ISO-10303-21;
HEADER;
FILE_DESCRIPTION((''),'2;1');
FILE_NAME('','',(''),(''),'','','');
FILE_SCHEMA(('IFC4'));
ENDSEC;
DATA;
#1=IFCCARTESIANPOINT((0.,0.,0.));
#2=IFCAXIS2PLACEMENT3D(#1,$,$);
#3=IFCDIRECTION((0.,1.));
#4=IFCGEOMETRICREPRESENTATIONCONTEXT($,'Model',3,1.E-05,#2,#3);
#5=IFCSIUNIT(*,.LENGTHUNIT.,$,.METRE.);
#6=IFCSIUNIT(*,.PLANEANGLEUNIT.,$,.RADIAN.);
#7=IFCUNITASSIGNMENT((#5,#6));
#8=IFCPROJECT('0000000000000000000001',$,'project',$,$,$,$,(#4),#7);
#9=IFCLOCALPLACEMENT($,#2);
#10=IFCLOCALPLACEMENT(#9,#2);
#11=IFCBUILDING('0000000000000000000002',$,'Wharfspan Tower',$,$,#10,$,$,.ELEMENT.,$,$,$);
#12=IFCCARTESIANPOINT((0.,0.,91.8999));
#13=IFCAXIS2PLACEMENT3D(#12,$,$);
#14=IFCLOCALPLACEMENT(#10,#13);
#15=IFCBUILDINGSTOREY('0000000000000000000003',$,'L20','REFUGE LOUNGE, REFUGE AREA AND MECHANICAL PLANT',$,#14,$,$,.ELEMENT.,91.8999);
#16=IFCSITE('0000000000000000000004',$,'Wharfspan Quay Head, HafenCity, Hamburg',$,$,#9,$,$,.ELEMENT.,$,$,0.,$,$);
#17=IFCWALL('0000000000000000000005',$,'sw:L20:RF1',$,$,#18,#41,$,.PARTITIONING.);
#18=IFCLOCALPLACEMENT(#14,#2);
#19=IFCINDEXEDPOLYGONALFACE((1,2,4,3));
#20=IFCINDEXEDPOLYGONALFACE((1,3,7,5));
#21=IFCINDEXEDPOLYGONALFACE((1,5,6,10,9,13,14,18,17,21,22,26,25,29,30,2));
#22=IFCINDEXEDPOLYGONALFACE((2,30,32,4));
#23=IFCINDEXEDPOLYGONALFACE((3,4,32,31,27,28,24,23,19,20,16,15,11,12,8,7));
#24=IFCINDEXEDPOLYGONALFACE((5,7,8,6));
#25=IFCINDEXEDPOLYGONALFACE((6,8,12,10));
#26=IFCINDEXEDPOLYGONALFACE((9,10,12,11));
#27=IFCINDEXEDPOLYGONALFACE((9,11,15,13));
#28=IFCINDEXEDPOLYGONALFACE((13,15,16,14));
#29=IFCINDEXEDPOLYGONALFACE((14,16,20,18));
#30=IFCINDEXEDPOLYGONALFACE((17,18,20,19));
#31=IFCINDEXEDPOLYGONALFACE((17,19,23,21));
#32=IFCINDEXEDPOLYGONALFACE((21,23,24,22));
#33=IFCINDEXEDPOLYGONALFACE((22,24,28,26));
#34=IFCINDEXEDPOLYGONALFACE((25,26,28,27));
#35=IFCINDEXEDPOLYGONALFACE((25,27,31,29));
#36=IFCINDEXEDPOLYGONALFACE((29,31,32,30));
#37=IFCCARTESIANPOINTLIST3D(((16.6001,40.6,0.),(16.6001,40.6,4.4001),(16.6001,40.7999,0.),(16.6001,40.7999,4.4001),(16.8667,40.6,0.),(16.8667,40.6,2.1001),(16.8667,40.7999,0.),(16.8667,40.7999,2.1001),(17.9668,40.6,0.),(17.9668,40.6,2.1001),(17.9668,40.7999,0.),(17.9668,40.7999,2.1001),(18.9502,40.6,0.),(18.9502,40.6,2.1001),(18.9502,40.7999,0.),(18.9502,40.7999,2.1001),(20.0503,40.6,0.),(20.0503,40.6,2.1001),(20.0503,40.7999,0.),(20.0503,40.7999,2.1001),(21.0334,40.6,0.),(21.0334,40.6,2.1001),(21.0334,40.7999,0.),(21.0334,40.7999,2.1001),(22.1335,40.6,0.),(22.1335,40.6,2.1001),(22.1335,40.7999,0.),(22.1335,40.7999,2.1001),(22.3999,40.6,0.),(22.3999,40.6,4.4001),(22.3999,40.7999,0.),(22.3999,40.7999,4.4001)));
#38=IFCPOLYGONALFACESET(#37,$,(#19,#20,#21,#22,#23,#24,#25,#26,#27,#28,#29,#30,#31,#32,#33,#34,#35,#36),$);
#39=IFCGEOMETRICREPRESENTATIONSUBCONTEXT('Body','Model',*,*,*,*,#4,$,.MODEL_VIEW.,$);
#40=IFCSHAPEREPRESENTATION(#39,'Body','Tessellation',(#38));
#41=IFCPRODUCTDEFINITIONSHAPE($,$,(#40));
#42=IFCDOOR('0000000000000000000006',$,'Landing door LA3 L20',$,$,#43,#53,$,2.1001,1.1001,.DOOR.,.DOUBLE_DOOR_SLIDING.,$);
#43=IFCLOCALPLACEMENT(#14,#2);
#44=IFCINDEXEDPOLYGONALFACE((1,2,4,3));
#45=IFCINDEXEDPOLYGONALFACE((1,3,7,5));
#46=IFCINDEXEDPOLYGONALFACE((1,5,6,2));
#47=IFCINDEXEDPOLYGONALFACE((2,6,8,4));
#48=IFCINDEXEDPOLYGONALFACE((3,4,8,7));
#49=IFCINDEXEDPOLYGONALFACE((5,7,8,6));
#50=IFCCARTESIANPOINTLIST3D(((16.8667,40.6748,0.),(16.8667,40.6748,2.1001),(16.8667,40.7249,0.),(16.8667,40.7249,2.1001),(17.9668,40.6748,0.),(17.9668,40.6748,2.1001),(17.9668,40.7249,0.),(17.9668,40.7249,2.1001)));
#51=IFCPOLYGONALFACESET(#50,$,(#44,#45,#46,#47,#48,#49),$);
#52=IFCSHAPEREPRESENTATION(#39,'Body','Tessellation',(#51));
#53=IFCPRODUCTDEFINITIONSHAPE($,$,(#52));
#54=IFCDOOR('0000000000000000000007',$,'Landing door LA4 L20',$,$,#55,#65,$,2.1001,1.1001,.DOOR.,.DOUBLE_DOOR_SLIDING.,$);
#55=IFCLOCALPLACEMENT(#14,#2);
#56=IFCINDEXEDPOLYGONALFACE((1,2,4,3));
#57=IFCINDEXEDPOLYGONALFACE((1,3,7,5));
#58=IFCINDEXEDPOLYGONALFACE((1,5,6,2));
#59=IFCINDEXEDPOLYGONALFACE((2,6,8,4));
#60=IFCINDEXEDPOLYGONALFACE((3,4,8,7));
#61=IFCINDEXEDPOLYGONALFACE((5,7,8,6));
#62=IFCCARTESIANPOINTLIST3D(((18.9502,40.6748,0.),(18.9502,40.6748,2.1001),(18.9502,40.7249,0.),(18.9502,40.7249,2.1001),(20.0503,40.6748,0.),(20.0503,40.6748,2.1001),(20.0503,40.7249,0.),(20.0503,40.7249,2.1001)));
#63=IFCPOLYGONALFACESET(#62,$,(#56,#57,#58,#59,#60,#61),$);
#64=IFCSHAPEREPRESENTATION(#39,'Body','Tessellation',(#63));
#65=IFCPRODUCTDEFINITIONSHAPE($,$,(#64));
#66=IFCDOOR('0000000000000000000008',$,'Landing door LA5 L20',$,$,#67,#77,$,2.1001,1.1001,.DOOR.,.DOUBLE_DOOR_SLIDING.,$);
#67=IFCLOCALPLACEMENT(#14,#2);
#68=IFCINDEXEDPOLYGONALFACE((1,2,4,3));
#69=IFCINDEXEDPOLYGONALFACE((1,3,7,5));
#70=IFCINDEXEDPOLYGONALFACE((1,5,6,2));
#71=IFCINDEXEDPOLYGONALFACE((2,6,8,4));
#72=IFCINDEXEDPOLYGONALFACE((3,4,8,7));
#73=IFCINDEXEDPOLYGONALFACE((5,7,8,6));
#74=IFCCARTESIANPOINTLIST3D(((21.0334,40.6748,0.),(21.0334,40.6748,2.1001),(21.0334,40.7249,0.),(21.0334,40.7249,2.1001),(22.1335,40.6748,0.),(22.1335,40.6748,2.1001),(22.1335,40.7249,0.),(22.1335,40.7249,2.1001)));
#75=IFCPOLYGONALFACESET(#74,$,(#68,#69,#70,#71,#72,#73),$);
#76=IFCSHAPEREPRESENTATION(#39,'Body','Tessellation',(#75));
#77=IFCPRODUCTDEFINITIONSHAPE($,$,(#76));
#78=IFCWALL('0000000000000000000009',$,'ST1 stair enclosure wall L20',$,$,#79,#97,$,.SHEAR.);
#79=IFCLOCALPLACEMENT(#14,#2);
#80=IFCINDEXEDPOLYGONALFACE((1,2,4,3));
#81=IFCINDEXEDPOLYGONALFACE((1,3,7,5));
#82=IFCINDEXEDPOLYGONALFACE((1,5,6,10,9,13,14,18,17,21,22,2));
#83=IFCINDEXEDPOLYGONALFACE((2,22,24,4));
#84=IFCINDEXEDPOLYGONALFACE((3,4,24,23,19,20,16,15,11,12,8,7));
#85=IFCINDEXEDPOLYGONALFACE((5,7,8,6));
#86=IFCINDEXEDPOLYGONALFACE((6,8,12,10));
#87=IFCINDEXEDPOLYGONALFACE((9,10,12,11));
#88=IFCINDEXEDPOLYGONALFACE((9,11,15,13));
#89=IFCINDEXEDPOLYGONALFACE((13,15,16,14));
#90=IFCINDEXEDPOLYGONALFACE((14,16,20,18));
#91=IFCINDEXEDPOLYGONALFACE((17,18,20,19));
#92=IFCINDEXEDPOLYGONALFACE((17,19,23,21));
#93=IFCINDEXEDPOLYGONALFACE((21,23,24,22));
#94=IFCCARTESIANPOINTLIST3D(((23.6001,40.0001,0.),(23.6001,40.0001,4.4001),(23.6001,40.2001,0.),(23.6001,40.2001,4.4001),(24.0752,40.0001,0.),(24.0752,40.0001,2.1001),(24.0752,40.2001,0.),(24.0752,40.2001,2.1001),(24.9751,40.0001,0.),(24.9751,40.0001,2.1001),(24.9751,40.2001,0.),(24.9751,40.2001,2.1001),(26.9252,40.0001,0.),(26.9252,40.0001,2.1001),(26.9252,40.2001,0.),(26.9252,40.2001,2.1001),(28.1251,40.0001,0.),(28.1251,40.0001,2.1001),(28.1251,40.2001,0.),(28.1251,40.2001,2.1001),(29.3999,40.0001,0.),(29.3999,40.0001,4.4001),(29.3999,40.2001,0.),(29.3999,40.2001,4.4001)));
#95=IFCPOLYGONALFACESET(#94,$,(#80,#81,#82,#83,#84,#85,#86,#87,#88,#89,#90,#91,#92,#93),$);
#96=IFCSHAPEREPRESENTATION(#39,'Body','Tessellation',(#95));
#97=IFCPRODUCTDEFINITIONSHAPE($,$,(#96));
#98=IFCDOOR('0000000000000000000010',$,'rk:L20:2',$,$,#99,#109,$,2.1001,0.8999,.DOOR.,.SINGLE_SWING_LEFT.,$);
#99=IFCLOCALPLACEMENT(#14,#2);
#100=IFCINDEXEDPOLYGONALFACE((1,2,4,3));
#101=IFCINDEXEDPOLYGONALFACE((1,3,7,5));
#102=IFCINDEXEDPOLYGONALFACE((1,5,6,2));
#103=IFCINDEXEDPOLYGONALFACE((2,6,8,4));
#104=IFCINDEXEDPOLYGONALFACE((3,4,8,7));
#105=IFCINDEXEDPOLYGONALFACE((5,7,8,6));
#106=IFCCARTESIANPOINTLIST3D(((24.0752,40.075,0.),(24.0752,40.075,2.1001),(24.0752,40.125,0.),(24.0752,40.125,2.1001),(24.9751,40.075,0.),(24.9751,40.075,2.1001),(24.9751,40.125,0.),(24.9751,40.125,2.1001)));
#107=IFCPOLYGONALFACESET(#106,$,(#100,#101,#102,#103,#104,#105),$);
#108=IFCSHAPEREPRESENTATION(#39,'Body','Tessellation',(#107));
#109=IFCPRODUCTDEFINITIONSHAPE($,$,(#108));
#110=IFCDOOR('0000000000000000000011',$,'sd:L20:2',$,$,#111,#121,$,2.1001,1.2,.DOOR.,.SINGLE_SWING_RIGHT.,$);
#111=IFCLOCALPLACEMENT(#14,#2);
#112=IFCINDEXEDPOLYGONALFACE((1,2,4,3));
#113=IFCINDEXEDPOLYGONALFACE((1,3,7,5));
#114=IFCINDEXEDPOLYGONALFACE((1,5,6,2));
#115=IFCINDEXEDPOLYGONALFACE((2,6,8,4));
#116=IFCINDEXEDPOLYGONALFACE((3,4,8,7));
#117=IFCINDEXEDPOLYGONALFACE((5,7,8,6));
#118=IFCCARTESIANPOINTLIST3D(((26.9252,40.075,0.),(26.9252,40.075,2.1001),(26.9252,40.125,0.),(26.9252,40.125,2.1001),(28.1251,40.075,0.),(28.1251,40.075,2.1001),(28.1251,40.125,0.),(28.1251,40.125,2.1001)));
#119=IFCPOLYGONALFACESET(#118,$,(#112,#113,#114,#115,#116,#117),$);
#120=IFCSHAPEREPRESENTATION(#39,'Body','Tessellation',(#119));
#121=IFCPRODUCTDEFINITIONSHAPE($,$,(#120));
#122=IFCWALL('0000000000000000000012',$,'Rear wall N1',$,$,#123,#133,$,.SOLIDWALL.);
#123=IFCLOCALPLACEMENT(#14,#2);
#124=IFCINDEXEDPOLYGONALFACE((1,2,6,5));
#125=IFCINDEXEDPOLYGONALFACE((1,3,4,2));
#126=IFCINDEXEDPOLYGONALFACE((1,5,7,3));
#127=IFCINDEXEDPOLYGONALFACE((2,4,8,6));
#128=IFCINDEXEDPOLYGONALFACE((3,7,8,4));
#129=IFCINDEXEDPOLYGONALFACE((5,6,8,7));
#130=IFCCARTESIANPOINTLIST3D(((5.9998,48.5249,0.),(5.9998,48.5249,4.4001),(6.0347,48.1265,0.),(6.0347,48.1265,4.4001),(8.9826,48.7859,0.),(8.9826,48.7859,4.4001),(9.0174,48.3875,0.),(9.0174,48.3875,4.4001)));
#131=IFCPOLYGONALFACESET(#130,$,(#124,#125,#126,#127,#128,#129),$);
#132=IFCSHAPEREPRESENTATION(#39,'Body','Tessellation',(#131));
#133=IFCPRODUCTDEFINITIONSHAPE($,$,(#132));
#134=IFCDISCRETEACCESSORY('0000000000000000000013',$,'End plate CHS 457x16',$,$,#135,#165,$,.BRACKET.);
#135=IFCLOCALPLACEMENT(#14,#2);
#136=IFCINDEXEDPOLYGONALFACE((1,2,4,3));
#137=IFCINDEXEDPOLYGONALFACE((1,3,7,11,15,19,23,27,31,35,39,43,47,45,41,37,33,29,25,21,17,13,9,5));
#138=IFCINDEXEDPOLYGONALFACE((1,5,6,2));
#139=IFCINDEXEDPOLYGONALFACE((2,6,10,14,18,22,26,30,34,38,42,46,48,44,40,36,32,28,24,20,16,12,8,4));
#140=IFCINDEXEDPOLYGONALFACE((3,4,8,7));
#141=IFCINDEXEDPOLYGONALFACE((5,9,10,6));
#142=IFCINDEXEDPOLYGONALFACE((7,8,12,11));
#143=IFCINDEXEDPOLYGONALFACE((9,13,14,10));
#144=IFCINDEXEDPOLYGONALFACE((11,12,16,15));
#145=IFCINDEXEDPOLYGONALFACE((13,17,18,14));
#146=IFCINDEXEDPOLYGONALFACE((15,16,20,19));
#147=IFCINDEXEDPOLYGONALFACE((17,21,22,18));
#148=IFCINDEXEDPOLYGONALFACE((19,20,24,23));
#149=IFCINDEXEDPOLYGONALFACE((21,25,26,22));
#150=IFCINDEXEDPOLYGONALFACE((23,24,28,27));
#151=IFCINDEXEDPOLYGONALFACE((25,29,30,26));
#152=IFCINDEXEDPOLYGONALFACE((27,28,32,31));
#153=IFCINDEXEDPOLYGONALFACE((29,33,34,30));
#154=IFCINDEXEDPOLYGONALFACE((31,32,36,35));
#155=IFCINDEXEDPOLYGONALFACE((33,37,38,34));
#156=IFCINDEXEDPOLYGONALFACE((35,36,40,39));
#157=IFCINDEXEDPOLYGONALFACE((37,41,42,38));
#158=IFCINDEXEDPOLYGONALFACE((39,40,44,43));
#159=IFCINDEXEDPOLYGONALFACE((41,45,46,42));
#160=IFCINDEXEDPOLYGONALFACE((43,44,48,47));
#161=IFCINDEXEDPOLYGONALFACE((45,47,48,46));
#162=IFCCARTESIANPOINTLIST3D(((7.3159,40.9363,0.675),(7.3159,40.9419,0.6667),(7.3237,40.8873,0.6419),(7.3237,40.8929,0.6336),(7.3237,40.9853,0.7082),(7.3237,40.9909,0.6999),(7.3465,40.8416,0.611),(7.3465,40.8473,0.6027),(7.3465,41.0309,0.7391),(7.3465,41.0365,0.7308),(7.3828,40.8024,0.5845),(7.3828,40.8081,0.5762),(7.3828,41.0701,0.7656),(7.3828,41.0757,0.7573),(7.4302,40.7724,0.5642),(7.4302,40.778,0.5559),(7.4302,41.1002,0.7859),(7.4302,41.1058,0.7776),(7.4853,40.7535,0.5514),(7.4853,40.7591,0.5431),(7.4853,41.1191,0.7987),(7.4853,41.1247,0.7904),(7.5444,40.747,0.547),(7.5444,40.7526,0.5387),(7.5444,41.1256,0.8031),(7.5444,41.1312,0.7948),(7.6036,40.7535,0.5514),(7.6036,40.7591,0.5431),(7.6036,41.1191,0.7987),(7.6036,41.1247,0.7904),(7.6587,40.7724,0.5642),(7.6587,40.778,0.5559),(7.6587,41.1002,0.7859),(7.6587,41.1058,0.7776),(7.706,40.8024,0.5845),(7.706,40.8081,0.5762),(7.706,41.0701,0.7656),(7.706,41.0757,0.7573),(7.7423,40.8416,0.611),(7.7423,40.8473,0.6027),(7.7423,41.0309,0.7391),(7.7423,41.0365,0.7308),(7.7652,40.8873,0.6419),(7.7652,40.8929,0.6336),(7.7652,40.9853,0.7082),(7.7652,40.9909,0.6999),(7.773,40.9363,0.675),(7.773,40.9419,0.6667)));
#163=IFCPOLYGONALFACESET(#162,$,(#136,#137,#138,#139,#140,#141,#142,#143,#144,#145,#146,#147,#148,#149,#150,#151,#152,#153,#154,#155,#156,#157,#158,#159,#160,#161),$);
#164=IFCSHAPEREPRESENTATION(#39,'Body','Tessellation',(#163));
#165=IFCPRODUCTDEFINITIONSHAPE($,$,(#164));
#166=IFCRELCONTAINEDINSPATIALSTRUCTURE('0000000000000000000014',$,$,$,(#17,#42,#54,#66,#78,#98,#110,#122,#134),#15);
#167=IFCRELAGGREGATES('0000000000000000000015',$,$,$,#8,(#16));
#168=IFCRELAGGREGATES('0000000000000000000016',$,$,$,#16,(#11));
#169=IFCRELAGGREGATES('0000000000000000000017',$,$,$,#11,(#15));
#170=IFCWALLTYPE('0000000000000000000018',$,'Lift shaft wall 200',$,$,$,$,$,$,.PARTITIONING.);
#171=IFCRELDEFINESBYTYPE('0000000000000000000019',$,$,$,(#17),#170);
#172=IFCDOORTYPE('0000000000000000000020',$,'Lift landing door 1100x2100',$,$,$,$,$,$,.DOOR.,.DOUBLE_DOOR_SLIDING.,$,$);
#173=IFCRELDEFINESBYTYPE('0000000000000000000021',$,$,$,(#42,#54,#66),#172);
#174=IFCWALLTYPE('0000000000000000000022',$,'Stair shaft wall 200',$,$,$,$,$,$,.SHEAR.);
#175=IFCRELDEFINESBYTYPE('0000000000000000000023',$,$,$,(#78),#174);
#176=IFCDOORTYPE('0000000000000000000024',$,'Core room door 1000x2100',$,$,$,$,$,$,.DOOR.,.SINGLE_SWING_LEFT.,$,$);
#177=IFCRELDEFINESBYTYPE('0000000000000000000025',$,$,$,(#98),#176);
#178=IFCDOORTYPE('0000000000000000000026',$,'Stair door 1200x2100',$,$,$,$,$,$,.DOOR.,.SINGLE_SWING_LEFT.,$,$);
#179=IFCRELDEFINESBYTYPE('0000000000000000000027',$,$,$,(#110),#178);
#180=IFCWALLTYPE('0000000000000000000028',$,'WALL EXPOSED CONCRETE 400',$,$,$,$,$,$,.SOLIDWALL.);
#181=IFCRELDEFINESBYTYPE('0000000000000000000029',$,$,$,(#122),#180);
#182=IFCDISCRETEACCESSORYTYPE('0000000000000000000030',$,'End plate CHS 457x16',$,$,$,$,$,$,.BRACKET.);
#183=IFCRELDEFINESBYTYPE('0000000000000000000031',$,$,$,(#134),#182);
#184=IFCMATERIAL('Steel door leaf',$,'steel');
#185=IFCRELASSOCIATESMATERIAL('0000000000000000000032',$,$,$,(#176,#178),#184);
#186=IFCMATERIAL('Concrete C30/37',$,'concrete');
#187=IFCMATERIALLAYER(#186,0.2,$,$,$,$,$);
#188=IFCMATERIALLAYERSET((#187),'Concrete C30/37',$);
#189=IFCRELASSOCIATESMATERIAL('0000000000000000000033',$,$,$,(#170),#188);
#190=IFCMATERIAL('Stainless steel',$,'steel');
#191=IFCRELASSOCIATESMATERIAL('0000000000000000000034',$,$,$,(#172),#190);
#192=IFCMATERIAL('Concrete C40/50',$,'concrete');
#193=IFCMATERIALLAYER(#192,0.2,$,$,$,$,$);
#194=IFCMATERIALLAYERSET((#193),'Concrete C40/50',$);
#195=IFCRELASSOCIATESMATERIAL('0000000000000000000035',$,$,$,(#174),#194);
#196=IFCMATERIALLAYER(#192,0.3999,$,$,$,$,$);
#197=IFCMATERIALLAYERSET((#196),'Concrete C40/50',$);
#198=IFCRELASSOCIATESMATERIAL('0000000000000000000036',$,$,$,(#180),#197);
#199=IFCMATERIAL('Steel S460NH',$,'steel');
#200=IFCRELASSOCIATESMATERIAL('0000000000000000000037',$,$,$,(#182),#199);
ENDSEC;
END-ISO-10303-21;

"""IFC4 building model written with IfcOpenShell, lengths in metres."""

from ifc_helpers import new_model, si_unit, direction, frame, frame_2d, origin, origin_2d, place, context, subcontext, project, spatial, rectangle, circle, extrude, material, layer, layer_set, material_profile, profile_set, type_object, element, fill, save


model = new_model("IFC4")

# Units and contexts
model_context = context("Model", 3, precision=1e-05, world=origin(), true_north=direction((0.0, 1.0)))
body_context = subcontext(model_context, "Body", "Model", "MODEL_VIEW")
ifc_project = project(units=[si_unit("LENGTHUNIT", "METRE"), si_unit("PLANEANGLEUNIT", "RADIAN")], contexts=[model_context])

# Site, building, storey
site_placement = place(None, origin())
site = spatial("IfcSite", under=ifc_project, at=site_placement, Name="Wharfspan Quay Head, HafenCity, Hamburg", CompositionType="ELEMENT", RefElevation=0.0)
building_placement = place(site_placement, origin())
building = spatial("IfcBuilding", under=site, at=building_placement, Name="Wharfspan Tower", CompositionType="ELEMENT")
storey_placement = place(building_placement, frame((0.0, 0.0, 91.8999)))
storey = spatial("IfcBuildingStorey", under=building, at=storey_placement, Name="L20", Description="REFUGE LOUNGE, REFUGE AREA AND MECHANICAL PLANT", CompositionType="ELEMENT", Elevation=91.8999)

# Shared definitions
ifc_material_1 = material(Name="Steel S460NH", Category="steel")

# Shared definitions
ifc_material_2 = material(Name="Steel door leaf", Category="steel")
door_type_1 = type_object("IfcDoorType", Name="Core room door 1000x2100", OperationType="SINGLE_SWING_LEFT", PredefinedType="DOOR", material=ifc_material_2)

# Walls, openings, doors
ifc_material_3 = material(Name="Concrete C30/37", Category="concrete")
ifc_layer_1 = layer(ifc_material_3, 0.2)
ifc_layer_set_1 = layer_set([ifc_layer_1], Name="Concrete C30/37")
wall_type_1 = type_object("IfcWallType", Name="Lift shaft wall 200", PredefinedType="PARTITIONING", material=ifc_layer_set_1)
wall_1_placement = place(storey_placement, frame((16.6001, 40.7, 0.0), z_axis=(0.0, 0.0, 1.0), x_axis=(1.0, 0.0, 0.0)))
wall_1 = element("IfcWall", 1, at=wall_1_placement, inside=storey, type_object=wall_type_1, Name="sw:L20:RF1", PredefinedType="PARTITIONING", context=body_context, shape_type="SweptSolid", body=[
    extrude(rectangle(XDim=5.7998, YDim=0.2, at=frame_2d((2.8999, 0.0))), origin(), (0.0, 0.0, 1.0), 4.4001),
])
opening_1_placement = place(wall_1_placement, frame((0.2666, 0.0, 0.0)))
opening_1 = element("IfcOpeningElement", 2, at=opening_1_placement, cuts=wall_1, PredefinedType="OPENING", context=body_context, shape_type="SweptSolid", body=[
    extrude(rectangle(XDim=1.1001, YDim=2.1001, at=frame_2d((0.55, 1.05))), frame((0.0, 0.1099, 0.0), z_axis=(0.0, -1.0, 0.0), x_axis=(1.0, 0.0, 0.0)), (0.0, 0.0, 1.0), 0.22),
])
opening_2_placement = place(wall_1_placement, frame((2.3501, 0.0, 0.0)))
opening_2 = element("IfcOpeningElement", 3, at=opening_2_placement, cuts=wall_1, PredefinedType="OPENING", context=body_context, shape_type="SweptSolid", body=[
    extrude(rectangle(XDim=1.1001, YDim=2.1001, at=frame_2d((0.55, 1.05))), frame((0.0, 0.1099, 0.0), z_axis=(0.0, -1.0, 0.0), x_axis=(1.0, 0.0, 0.0)), (0.0, 0.0, 1.0), 0.22),
])
opening_3_placement = place(wall_1_placement, frame((4.4333, 0.0, 0.0)))
opening_3 = element("IfcOpeningElement", 4, at=opening_3_placement, cuts=wall_1, PredefinedType="OPENING", context=body_context, shape_type="SweptSolid", body=[
    extrude(rectangle(XDim=1.1001, YDim=2.1001, at=frame_2d((0.55, 1.05))), frame((0.0, 0.1099, 0.0), z_axis=(0.0, -1.0, 0.0), x_axis=(1.0, 0.0, 0.0)), (0.0, 0.0, 1.0), 0.22),
])
ifc_material_4 = material(Name="Stainless steel", Category="steel")
door_type_2 = type_object("IfcDoorType", Name="Lift landing door 1100x2100", OperationType="DOUBLE_DOOR_SLIDING", PredefinedType="DOOR", material=ifc_material_4)
door_1_placement = place(opening_1_placement, origin())
door_1 = element("IfcDoor", 5, at=door_1_placement, inside=storey, type_object=door_type_2, Name="Landing door LA3 L20", OperationType="DOUBLE_DOOR_SLIDING", OverallHeight=2.1001, OverallWidth=1.1001, PredefinedType="DOOR", context=body_context, shape_type="SweptSolid", body=[
    extrude(rectangle(XDim=1.1001, YDim=2.1001, at=frame_2d((0.55, 1.05))), frame((0.0, 0.0249, 0.0), z_axis=(0.0, -1.0, 0.0), x_axis=(1.0, 0.0, 0.0)), (0.0, 0.0, 1.0), 0.05),
])
fill(opening_1, door_1)
door_2_placement = place(opening_2_placement, origin())
door_2 = element("IfcDoor", 6, at=door_2_placement, inside=storey, type_object=door_type_2, Name="Landing door LA4 L20", OperationType="DOUBLE_DOOR_SLIDING", OverallHeight=2.1001, OverallWidth=1.1001, PredefinedType="DOOR", context=body_context, shape_type="SweptSolid", body=[
    extrude(rectangle(XDim=1.1001, YDim=2.1001, at=frame_2d((0.55, 1.05))), frame((0.0, 0.0249, 0.0), z_axis=(0.0, -1.0, 0.0), x_axis=(1.0, 0.0, 0.0)), (0.0, 0.0, 1.0), 0.05),
])
fill(opening_2, door_2)
door_3_placement = place(opening_3_placement, origin())
door_3 = element("IfcDoor", 7, at=door_3_placement, inside=storey, type_object=door_type_2, Name="Landing door LA5 L20", OperationType="DOUBLE_DOOR_SLIDING", OverallHeight=2.1001, OverallWidth=1.1001, PredefinedType="DOOR", context=body_context, shape_type="SweptSolid", body=[
    extrude(rectangle(XDim=1.1001, YDim=2.1001, at=frame_2d((0.55, 1.05))), frame((0.0, 0.0249, 0.0), z_axis=(0.0, -1.0, 0.0), x_axis=(1.0, 0.0, 0.0)), (0.0, 0.0, 1.0), 0.05),
])
fill(opening_3, door_3)
ifc_material_5 = material(Name="Concrete C40/50", Category="concrete")
ifc_layer_2 = layer(ifc_material_5, 0.2)
ifc_layer_set_2 = layer_set([ifc_layer_2], Name="Concrete C40/50")
wall_type_2 = type_object("IfcWallType", Name="Stair shaft wall 200", PredefinedType="SHEAR", material=ifc_layer_set_2)
wall_2_placement = place(storey_placement, frame((23.6001, 40.1001, 0.0), z_axis=(0.0, 0.0, 1.0), x_axis=(1.0, 0.0, 0.0)))
wall_2 = element("IfcWall", 8, at=wall_2_placement, inside=storey, type_object=wall_type_2, Name="ST1 stair enclosure wall L20", PredefinedType="SHEAR", context=body_context, shape_type="SweptSolid", body=[
    extrude(rectangle(XDim=5.7998, YDim=0.2, at=frame_2d((2.8999, 0.0))), origin(), (0.0, 0.0, 1.0), 4.4001),
])
opening_4_placement = place(wall_2_placement, frame((3.325, 0.0, 0.0)))
opening_4 = element("IfcOpeningElement", 9, at=opening_4_placement, cuts=wall_2, PredefinedType="OPENING", context=body_context, shape_type="SweptSolid", body=[
    extrude(rectangle(XDim=1.2, YDim=2.1001, at=frame_2d((0.6001, 1.05))), frame((0.0, 0.1099, 0.0), z_axis=(0.0, -1.0, 0.0), x_axis=(1.0, 0.0, 0.0)), (0.0, 0.0, 1.0), 0.22),
])
opening_5_placement = place(wall_2_placement, frame((0.4751, 0.0, 0.0)))
opening_5 = element("IfcOpeningElement", 10, at=opening_5_placement, cuts=wall_2, PredefinedType="OPENING", context=body_context, shape_type="SweptSolid", body=[
    extrude(rectangle(XDim=0.8999, YDim=2.1001, at=frame_2d((0.45, 1.05))), frame((0.0, 0.1099, 0.0), z_axis=(0.0, -1.0, 0.0), x_axis=(1.0, 0.0, 0.0)), (0.0, 0.0, 1.0), 0.22),
])
door_4_placement = place(opening_5_placement, origin())
door_4 = element("IfcDoor", 11, at=door_4_placement, inside=storey, type_object=door_type_1, Name="rk:L20:2", OperationType="SINGLE_SWING_LEFT", OverallHeight=2.1001, OverallWidth=0.8999, PredefinedType="DOOR", context=body_context, shape_type="SweptSolid", body=[
    extrude(rectangle(XDim=0.8999, YDim=2.1001, at=frame_2d((0.45, 1.05))), frame((0.0, 0.0249, 0.0), z_axis=(0.0, -1.0, 0.0), x_axis=(1.0, 0.0, 0.0)), (0.0, 0.0, 1.0), 0.05),
])
fill(opening_5, door_4)
door_type_3 = type_object("IfcDoorType", Name="Stair door 1200x2100", OperationType="SINGLE_SWING_LEFT", PredefinedType="DOOR", material=ifc_material_2)
door_5_placement = place(opening_4_placement, origin())
door_5 = element("IfcDoor", 12, at=door_5_placement, inside=storey, type_object=door_type_3, Name="sd:L20:2", OperationType="SINGLE_SWING_RIGHT", OverallHeight=2.1001, OverallWidth=1.2, PredefinedType="DOOR", context=body_context, shape_type="SweptSolid", body=[
    extrude(rectangle(XDim=1.2, YDim=2.1001, at=frame_2d((0.6001, 1.05))), frame((0.0, 0.0249, 0.0), z_axis=(0.0, -1.0, 0.0), x_axis=(1.0, 0.0, 0.0)), (0.0, 0.0, 1.0), 0.05),
])
fill(opening_4, door_5)

# Wall
ifc_layer_3 = layer(ifc_material_5, 0.3999)
ifc_layer_set_3 = layer_set([ifc_layer_3], Name="Concrete C40/50")
wall_type_3 = type_object("IfcWallType", Name="WALL EXPOSED CONCRETE 400", PredefinedType="SOLIDWALL", material=ifc_layer_set_3)
wall_3_placement = place(storey_placement, frame((9.0, 48.5867, 0.0), z_axis=(0.0, 0.0, 1.0), x_axis=(-0.996194, -0.087168, 0.0)))
element("IfcWall", 13, at=wall_3_placement, inside=storey, type_object=wall_type_3, Name="Rear wall N1", PredefinedType="SOLIDWALL", context=body_context, shape_type="SweptSolid", body=[
    extrude(rectangle(XDim=2.9941, YDim=0.3999, at=frame_2d((1.4971, 0.0))), origin(), (0.0, 0.0, 1.0), 4.4001),
])

# Discrete accessory
ifc_material_profile_1 = material_profile(ifc_material_1, circle(Radius=0.2285, at=origin_2d()))
ifc_profile_set_1 = profile_set([ifc_material_profile_1], Name="Steel S460NH")
discrete_accessory_type_1 = type_object("IfcDiscreteAccessoryType", Name="End plate CHS 457x16", PredefinedType="BRACKET", material=ifc_profile_set_1)
discrete_accessory_placement = place(storey_placement, frame((7.5444, 40.9419, 0.6667), z_axis=(0.0, -0.560309, 0.828283), x_axis=(1.0, 0.0, 0.0)))
element("IfcDiscreteAccessory", 14, at=discrete_accessory_placement, inside=storey, type_object=discrete_accessory_type_1, Name="End plate CHS 457x16", PredefinedType="BRACKET", context=body_context, shape_type="SweptSolid", body=[
    extrude(circle(Radius=0.2285, at=origin_2d()), origin(), (0.0, 0.0, 1.0), 0.01),
])

save(model, "model.ifc")
